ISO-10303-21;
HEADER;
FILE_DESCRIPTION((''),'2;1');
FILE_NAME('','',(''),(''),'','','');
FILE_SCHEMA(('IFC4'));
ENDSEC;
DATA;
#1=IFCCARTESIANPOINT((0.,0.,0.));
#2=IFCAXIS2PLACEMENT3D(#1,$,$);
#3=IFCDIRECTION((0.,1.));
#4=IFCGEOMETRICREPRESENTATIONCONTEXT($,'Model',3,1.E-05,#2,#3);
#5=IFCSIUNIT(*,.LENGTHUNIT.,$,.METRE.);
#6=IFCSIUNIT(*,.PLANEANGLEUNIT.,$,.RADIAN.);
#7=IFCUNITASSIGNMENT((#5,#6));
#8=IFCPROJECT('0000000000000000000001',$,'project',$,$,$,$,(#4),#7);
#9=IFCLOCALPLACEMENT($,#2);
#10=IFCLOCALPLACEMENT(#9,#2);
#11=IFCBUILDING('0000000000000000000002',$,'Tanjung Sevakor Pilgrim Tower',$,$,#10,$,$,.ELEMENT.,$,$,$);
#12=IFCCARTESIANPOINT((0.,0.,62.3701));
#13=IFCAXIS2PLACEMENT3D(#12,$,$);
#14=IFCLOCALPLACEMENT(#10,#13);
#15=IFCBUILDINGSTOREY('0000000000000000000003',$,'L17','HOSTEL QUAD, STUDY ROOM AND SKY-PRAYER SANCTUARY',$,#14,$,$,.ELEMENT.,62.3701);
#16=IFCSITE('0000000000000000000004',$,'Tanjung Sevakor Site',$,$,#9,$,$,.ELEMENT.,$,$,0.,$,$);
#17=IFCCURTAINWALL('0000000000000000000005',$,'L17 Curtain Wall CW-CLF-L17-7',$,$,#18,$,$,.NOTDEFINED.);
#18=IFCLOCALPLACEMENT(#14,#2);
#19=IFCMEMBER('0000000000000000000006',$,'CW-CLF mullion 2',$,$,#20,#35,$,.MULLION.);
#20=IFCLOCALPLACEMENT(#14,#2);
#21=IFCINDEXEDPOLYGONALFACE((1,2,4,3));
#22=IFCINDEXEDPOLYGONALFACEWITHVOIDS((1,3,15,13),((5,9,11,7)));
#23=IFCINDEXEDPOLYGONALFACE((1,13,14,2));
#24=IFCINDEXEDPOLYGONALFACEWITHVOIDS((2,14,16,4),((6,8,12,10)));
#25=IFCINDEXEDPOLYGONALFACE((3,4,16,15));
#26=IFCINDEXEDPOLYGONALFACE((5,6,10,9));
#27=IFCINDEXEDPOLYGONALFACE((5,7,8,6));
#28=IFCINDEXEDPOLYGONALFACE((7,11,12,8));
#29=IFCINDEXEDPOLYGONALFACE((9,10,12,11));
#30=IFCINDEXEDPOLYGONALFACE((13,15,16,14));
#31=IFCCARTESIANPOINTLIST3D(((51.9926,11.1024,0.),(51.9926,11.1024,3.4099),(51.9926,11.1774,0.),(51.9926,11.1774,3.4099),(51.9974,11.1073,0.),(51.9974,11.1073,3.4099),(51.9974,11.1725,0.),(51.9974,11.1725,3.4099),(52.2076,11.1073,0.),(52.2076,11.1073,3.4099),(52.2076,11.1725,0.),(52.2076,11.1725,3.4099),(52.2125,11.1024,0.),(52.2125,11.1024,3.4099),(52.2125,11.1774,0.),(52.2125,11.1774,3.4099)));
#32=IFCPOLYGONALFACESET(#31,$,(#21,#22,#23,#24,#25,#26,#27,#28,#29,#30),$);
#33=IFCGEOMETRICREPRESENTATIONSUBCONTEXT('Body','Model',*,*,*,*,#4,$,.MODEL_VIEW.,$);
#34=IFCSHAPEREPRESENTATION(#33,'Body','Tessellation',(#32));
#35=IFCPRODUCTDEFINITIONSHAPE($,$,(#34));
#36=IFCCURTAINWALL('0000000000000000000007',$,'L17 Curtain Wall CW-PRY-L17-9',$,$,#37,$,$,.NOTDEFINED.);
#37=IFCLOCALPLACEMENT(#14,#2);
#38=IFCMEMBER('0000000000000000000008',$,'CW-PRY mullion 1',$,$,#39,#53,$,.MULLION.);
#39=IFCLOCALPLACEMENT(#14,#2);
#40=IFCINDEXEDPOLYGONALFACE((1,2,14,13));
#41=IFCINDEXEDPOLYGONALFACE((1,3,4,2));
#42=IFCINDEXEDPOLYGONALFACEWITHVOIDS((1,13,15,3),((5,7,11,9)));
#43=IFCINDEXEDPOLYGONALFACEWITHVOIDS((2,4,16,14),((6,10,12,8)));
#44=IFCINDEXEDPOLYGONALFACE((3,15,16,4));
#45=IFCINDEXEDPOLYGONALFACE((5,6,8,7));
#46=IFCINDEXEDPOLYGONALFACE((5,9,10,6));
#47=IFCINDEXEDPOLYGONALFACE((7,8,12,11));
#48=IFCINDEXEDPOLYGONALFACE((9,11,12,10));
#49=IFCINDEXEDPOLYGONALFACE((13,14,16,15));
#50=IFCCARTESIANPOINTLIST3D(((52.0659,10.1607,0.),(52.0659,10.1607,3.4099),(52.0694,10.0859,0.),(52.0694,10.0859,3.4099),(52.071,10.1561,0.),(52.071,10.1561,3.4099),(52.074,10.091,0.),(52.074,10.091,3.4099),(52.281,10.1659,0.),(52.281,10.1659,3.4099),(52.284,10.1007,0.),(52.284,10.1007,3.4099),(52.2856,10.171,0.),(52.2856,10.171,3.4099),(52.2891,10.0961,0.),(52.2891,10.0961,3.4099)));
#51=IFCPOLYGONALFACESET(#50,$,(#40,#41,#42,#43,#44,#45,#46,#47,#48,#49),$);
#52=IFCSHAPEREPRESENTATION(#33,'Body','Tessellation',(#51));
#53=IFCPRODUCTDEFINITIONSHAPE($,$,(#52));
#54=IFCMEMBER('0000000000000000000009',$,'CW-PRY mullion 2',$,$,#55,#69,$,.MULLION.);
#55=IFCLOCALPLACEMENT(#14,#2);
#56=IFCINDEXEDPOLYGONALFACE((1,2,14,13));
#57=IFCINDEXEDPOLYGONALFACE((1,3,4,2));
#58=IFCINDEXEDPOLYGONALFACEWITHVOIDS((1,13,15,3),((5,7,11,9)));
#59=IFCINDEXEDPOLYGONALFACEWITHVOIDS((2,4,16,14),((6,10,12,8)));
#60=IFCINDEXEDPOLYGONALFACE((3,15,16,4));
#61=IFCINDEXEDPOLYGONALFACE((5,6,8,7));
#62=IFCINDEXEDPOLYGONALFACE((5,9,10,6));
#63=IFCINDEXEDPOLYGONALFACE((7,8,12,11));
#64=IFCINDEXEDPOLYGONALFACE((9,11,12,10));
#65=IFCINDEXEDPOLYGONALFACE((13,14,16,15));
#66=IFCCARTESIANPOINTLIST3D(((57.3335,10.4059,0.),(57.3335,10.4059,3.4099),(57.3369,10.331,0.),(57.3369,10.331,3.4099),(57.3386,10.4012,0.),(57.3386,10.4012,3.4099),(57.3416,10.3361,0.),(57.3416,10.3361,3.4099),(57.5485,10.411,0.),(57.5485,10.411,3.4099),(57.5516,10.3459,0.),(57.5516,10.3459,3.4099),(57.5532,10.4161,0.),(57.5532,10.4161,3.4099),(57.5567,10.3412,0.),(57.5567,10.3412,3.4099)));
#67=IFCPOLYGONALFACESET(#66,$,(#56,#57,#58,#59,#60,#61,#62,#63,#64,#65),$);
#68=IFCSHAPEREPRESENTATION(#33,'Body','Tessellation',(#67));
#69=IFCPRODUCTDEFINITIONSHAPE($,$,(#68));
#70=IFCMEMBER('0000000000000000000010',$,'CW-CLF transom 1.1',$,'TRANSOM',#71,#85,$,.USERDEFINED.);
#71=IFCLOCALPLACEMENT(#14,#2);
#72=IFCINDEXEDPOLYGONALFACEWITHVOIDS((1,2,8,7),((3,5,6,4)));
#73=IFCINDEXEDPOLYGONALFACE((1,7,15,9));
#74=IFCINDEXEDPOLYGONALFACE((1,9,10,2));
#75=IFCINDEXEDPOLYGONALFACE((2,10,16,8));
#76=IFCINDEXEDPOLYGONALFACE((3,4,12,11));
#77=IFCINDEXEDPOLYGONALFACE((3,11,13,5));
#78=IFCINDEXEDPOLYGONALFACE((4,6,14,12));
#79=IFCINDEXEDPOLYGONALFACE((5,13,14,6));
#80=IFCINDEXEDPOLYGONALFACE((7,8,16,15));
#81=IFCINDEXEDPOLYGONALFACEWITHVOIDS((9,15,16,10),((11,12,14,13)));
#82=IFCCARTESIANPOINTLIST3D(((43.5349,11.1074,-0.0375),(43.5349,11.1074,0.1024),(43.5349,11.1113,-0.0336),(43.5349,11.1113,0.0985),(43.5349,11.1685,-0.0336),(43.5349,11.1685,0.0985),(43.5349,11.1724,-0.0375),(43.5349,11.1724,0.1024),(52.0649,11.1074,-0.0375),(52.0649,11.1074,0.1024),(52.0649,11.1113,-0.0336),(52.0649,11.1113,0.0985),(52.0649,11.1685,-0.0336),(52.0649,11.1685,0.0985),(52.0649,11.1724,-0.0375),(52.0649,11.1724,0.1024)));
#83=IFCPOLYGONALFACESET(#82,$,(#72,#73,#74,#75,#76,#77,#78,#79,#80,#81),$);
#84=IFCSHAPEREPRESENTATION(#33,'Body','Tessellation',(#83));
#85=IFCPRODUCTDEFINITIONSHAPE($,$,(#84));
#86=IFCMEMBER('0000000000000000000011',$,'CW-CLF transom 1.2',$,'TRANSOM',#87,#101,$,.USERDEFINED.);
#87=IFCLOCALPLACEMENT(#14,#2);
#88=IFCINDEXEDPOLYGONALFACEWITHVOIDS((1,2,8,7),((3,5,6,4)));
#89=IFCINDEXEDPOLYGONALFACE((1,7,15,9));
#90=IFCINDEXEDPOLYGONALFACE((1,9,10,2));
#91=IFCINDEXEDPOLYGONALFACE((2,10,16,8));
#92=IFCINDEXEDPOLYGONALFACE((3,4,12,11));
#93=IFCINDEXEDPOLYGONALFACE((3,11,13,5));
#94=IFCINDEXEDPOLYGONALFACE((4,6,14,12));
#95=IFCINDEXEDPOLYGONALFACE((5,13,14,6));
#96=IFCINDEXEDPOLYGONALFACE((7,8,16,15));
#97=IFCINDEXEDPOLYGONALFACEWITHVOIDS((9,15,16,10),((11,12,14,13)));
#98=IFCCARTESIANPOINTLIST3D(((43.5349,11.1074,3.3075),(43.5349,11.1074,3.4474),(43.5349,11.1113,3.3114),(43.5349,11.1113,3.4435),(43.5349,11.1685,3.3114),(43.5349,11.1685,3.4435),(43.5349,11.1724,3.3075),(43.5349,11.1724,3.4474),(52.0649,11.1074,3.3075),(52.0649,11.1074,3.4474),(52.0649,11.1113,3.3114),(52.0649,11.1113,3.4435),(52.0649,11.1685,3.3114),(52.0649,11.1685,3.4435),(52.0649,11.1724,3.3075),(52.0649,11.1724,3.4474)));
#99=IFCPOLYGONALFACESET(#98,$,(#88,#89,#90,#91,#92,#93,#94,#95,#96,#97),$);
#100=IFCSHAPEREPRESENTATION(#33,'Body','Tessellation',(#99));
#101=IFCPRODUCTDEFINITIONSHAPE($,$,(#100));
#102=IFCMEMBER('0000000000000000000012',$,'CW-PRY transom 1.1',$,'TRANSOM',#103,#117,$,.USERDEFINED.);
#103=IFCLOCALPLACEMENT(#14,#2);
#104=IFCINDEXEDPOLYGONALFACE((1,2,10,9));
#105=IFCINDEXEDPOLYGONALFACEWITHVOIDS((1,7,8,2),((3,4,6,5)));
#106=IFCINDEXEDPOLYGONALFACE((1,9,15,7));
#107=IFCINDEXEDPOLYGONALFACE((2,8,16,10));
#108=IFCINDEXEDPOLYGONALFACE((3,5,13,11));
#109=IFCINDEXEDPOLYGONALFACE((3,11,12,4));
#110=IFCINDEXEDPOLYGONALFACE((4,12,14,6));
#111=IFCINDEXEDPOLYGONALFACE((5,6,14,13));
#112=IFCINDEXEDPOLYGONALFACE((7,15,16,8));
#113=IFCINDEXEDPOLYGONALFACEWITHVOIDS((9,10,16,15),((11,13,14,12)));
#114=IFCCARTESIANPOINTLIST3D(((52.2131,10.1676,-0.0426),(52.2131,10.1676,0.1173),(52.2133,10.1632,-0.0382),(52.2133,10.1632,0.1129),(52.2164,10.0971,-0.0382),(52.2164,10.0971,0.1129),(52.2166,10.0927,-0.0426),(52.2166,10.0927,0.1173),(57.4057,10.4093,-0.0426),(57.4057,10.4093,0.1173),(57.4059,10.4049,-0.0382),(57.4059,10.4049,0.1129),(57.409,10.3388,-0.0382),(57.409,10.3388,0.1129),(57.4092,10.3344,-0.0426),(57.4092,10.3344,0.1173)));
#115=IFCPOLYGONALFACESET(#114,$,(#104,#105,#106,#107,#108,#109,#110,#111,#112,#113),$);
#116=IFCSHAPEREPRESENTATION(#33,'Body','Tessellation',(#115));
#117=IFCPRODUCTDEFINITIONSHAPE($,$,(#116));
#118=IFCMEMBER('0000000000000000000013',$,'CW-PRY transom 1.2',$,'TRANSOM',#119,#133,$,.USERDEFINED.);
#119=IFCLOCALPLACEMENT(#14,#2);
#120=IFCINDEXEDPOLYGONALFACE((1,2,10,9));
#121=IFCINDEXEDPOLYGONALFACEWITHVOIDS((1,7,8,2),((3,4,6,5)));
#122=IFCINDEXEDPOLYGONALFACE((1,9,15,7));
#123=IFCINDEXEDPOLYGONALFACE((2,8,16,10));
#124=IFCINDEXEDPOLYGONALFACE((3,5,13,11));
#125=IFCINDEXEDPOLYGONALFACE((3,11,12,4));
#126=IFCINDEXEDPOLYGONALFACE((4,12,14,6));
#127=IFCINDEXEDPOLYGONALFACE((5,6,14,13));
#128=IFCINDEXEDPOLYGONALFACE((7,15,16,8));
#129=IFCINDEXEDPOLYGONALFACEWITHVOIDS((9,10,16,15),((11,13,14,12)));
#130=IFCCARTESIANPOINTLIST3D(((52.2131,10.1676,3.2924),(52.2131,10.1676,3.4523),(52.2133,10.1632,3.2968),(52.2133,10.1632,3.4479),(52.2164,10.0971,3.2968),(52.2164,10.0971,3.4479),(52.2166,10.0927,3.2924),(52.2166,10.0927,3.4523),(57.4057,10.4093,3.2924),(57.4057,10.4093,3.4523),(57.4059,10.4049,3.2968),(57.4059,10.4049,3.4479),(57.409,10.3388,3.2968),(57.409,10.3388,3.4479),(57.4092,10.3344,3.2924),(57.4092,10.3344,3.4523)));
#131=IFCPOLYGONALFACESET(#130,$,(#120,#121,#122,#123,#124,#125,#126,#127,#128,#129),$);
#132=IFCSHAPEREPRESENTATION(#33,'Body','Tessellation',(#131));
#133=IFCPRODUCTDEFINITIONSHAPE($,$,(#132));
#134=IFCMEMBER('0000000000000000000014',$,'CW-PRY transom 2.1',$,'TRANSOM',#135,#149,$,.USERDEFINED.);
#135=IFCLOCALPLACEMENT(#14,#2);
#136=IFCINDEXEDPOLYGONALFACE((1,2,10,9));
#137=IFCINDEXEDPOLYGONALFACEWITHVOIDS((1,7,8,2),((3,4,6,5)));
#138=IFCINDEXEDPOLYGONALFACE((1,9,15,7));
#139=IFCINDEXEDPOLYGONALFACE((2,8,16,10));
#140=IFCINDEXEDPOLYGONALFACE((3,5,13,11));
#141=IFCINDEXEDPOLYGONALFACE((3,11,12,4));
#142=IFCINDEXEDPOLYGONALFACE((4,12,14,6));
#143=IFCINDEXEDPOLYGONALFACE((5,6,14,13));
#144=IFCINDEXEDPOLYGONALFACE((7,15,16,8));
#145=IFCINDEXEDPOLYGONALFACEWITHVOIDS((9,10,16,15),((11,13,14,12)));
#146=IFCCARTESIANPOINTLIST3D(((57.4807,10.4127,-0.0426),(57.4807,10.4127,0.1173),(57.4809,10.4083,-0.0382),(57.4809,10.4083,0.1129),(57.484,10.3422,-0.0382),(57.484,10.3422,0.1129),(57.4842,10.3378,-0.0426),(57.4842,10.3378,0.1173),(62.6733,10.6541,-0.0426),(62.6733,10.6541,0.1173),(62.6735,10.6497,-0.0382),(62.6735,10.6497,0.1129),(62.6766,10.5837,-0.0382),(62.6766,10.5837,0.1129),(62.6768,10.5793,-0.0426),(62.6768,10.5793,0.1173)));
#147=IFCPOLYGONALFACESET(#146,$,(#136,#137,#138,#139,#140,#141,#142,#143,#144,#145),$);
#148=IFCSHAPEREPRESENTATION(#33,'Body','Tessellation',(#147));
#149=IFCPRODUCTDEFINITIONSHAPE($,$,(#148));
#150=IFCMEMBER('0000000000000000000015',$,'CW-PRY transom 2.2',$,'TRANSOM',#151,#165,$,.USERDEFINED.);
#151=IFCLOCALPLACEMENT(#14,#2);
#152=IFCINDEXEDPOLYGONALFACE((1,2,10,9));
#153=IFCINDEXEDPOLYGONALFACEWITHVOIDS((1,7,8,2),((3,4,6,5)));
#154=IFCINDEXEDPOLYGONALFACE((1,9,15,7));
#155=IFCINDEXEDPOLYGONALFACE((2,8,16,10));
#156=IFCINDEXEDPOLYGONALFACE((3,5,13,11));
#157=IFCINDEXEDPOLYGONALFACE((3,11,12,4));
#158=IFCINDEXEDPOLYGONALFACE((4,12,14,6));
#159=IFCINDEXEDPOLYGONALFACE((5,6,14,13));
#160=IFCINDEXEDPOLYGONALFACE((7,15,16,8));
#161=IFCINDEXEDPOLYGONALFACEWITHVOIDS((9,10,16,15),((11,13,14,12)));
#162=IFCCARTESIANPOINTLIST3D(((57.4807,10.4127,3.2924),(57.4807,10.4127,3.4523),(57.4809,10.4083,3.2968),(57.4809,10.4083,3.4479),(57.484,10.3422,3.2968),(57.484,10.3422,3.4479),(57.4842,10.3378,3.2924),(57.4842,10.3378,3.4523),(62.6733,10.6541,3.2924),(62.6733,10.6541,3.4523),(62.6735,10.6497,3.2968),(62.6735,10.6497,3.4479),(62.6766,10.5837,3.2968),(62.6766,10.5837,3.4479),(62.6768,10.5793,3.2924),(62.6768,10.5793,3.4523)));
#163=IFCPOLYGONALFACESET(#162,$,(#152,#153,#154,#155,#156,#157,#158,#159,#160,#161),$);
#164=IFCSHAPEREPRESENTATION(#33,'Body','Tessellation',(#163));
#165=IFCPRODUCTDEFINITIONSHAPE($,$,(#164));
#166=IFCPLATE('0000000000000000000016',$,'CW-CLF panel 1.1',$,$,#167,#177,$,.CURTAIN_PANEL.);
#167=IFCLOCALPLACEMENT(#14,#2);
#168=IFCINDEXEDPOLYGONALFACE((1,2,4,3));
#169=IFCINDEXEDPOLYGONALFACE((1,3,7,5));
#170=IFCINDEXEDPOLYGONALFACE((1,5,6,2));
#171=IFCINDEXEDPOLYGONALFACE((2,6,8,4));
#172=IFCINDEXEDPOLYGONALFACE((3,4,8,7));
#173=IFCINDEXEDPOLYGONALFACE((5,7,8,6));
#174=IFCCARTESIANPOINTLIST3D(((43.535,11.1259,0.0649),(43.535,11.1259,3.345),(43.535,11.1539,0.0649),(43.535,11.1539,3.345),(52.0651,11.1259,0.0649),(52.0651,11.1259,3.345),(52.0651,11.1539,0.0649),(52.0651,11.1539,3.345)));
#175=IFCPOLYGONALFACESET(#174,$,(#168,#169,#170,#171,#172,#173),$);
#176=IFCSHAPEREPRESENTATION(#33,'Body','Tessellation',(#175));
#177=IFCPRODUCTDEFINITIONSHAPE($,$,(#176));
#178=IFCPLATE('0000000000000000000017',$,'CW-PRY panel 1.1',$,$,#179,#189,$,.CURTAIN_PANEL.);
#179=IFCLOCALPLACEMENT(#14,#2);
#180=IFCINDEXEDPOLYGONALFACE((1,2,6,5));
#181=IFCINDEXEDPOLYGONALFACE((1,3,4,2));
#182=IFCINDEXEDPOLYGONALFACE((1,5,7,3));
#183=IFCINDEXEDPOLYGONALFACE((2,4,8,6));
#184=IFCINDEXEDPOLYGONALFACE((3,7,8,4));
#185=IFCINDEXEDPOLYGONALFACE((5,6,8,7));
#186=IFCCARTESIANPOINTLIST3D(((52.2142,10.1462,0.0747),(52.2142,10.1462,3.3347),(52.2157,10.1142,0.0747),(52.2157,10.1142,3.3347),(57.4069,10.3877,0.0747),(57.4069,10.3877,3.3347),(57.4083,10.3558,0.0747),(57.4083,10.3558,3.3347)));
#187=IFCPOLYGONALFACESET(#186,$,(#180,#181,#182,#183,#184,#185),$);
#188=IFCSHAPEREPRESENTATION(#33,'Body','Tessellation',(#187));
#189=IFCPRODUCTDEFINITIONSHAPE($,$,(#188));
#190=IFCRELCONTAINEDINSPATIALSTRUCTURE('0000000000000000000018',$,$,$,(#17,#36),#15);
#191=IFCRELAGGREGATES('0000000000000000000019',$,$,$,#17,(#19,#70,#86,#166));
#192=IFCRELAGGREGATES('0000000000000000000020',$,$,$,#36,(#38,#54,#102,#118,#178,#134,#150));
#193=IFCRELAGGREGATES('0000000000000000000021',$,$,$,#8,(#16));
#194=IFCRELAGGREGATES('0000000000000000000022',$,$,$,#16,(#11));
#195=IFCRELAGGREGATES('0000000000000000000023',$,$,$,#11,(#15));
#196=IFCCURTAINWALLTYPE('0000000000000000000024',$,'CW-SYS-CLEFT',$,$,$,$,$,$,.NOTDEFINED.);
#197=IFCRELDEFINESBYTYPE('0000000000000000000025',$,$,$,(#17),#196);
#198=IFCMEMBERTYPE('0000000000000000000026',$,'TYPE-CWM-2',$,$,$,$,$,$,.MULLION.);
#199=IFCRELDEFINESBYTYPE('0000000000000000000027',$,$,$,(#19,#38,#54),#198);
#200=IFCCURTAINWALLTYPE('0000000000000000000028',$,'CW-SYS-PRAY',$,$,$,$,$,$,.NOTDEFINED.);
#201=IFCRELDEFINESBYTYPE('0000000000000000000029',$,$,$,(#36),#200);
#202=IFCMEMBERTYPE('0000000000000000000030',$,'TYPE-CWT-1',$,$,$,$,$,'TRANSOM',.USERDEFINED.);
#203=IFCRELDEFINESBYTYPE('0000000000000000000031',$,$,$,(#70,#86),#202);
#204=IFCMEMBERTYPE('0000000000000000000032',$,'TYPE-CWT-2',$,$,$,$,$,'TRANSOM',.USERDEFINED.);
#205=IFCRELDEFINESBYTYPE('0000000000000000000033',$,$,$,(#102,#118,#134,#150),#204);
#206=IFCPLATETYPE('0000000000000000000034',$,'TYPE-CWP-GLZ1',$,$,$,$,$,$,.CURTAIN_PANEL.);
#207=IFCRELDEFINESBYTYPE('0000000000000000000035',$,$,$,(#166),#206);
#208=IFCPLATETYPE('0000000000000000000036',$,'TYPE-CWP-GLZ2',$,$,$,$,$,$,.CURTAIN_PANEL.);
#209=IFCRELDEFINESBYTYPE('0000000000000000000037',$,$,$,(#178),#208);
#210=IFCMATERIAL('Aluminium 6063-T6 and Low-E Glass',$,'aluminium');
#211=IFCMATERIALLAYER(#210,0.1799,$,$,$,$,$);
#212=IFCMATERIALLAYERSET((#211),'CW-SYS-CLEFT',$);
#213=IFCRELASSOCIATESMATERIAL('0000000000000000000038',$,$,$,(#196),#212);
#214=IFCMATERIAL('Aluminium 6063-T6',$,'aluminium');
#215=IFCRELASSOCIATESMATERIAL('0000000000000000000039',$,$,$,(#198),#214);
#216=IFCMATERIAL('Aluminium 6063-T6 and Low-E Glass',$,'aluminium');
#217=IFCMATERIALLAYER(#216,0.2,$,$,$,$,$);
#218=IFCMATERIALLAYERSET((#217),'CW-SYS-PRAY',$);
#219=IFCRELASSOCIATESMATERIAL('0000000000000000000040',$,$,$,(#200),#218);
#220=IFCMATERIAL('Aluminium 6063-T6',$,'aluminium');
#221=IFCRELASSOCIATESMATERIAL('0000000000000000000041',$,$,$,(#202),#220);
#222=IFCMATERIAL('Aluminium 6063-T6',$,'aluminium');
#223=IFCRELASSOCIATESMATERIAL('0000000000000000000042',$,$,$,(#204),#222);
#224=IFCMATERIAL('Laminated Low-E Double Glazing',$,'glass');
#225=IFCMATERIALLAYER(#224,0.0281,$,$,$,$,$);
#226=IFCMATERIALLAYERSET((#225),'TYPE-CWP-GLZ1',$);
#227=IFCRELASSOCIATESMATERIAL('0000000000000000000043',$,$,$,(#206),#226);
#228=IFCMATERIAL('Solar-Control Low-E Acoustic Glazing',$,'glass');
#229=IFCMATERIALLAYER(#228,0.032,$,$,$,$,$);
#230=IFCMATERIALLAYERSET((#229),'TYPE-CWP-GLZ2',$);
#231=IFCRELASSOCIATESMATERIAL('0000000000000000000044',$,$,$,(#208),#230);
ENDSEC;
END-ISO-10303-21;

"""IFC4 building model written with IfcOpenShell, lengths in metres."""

from ifc_helpers import new_model, si_unit, direction, frame, origin, origin_2d, place, context, subcontext, project, spatial, rectangle, hollow_rectangle, extrude, material, layer, layer_set, material_profile, profile_set, type_object, element, aggregate, save


model = new_model("IFC4")

# Units and contexts
model_context = context("Model", 3, precision=1e-05, world=origin(), true_north=direction((0.0, 1.0)))
body_context = subcontext(model_context, "Body", "Model", "MODEL_VIEW")
ifc_project = project(units=[si_unit("LENGTHUNIT", "METRE"), si_unit("PLANEANGLEUNIT", "RADIAN")], contexts=[model_context])

# Site, building, storey
site_placement = place(None, origin())
site = spatial("IfcSite", under=ifc_project, at=site_placement, Name="Tanjung Sevakor Site", CompositionType="ELEMENT", RefElevation=0.0)
building_placement = place(site_placement, origin())
building = spatial("IfcBuilding", under=site, at=building_placement, Name="Tanjung Sevakor Pilgrim Tower", CompositionType="ELEMENT")
storey_placement = place(building_placement, frame((0.0, 0.0, 62.3701)))
storey = spatial("IfcBuildingStorey", under=building, at=storey_placement, Name="L17", Description="HOSTEL QUAD, STUDY ROOM AND SKY-PRAYER SANCTUARY", CompositionType="ELEMENT", Elevation=62.3701)

# Curtain walls, members
ifc_material_1 = material(Name="Aluminium 6063-T6 and Low-E Glass", Category="aluminium")
ifc_layer_1 = layer(ifc_material_1, 0.1799)
ifc_layer_set_1 = layer_set([ifc_layer_1], Name="CW-SYS-CLEFT")
curtain_wall_type_1 = type_object("IfcCurtainWallType", Name="CW-SYS-CLEFT", PredefinedType="NOTDEFINED", material=ifc_layer_set_1)
curtain_wall_1_placement = place(storey_placement, origin())
curtain_wall_1 = element("IfcCurtainWall", 1, at=curtain_wall_1_placement, inside=storey, type_object=curtain_wall_type_1, Name="L17 Curtain Wall CW-CLF-L17-7", PredefinedType="NOTDEFINED")
ifc_material_2 = material(Name="Aluminium 6063-T6", Category="aluminium")
ifc_material_profile_1 = material_profile(ifc_material_2, hollow_rectangle(XDim=0.075, YDim=0.22, WallThickness=0.0049, at=origin_2d()))
ifc_profile_set_1 = profile_set([ifc_material_profile_1], Name="Aluminium 6063-T6")
member_type_1 = type_object("IfcMemberType", Name="TYPE-CWM-2", PredefinedType="MULLION", material=ifc_profile_set_1)
member_1_placement = place(storey_placement, frame((52.1025, 11.1399, 0.0), z_axis=(0.0, 0.0, 1.0), x_axis=(0.0, 1.0, 0.0)))
member_1 = element("IfcMember", 2, at=member_1_placement, type_object=member_type_1, Name="CW-CLF mullion 2", PredefinedType="MULLION", context=body_context, shape_type="SweptSolid", body=[
    extrude(hollow_rectangle(XDim=0.075, YDim=0.22, WallThickness=0.0049, at=origin_2d()), origin(), (0.0, 0.0, 1.0), 3.4099),
])
ifc_material_3 = material(Name="Aluminium 6063-T6 and Low-E Glass", Category="aluminium")
ifc_layer_2 = layer(ifc_material_3, 0.2)
ifc_layer_set_2 = layer_set([ifc_layer_2], Name="CW-SYS-PRAY")
curtain_wall_type_2 = type_object("IfcCurtainWallType", Name="CW-SYS-PRAY", PredefinedType="NOTDEFINED", material=ifc_layer_set_2)
curtain_wall_2_placement = place(storey_placement, origin())
curtain_wall_2 = element("IfcCurtainWall", 3, at=curtain_wall_2_placement, inside=storey, type_object=curtain_wall_type_2, Name="L17 Curtain Wall CW-PRY-L17-9", PredefinedType="NOTDEFINED")
member_2_placement = place(storey_placement, frame((52.1775, 10.1284, 0.0), z_axis=(0.0, 0.0, 1.0), x_axis=(-0.046462, 0.99892, 0.0)))
member_2 = element("IfcMember", 4, at=member_2_placement, type_object=member_type_1, Name="CW-PRY mullion 1", PredefinedType="MULLION", context=body_context, shape_type="SweptSolid", body=[
    extrude(hollow_rectangle(XDim=0.075, YDim=0.22, WallThickness=0.0049, at=origin_2d()), origin(), (0.0, 0.0, 1.0), 3.4099),
])
member_3_placement = place(storey_placement, frame((57.4451, 10.3735, 0.0), z_axis=(0.0, 0.0, 1.0), x_axis=(-0.046462, 0.99892, 0.0)))
member_3 = element("IfcMember", 5, at=member_3_placement, type_object=member_type_1, Name="CW-PRY mullion 2", PredefinedType="MULLION", context=body_context, shape_type="SweptSolid", body=[
    extrude(hollow_rectangle(XDim=0.075, YDim=0.22, WallThickness=0.0049, at=origin_2d()), origin(), (0.0, 0.0, 1.0), 3.4099),
])

# Members
ifc_material_4 = material(Name="Aluminium 6063-T6", Category="aluminium")
ifc_material_profile_2 = material_profile(ifc_material_4, hollow_rectangle(XDim=0.0649, YDim=0.1399, WallThickness=0.0039, at=origin_2d()))
ifc_profile_set_2 = profile_set([ifc_material_profile_2], Name="Aluminium 6063-T6")
member_type_2 = type_object("IfcMemberType", Name="TYPE-CWT-1", ElementType="TRANSOM", PredefinedType="USERDEFINED", material=ifc_profile_set_2)
member_4_placement = place(storey_placement, frame((43.5349, 11.1399, 0.0325), z_axis=(1.0, 0.0, 0.0), x_axis=(0.0, 1.0, 0.0)))
member_4 = element("IfcMember", 6, at=member_4_placement, type_object=member_type_2, Name="CW-CLF transom 1.1", ObjectType="TRANSOM", PredefinedType="USERDEFINED", context=body_context, shape_type="SweptSolid", body=[
    extrude(hollow_rectangle(XDim=0.0649, YDim=0.1399, WallThickness=0.0039, at=origin_2d()), origin(), (0.0, 0.0, 1.0), 8.53),
])
member_5_placement = place(storey_placement, frame((43.5349, 11.1399, 3.3774), z_axis=(1.0, 0.0, 0.0), x_axis=(0.0, 1.0, 0.0)))
member_5 = element("IfcMember", 7, at=member_5_placement, type_object=member_type_2, Name="CW-CLF transom 1.2", ObjectType="TRANSOM", PredefinedType="USERDEFINED", context=body_context, shape_type="SweptSolid", body=[
    extrude(hollow_rectangle(XDim=0.0649, YDim=0.1399, WallThickness=0.0039, at=origin_2d()), origin(), (0.0, 0.0, 1.0), 8.53),
])
ifc_material_5 = material(Name="Aluminium 6063-T6", Category="aluminium")
ifc_material_profile_3 = material_profile(ifc_material_5, hollow_rectangle(XDim=0.075, YDim=0.1599, WallThickness=0.0044, at=origin_2d()))
ifc_profile_set_3 = profile_set([ifc_material_profile_3], Name="Aluminium 6063-T6")
member_type_3 = type_object("IfcMemberType", Name="TYPE-CWT-2", ElementType="TRANSOM", PredefinedType="USERDEFINED", material=ifc_profile_set_3)
member_6_placement = place(storey_placement, frame((52.2148, 10.1301, 0.0374), z_axis=(0.998918, 0.046496, 0.0), x_axis=(-0.046496, 0.998918, 0.0)))
member_6 = element("IfcMember", 8, at=member_6_placement, type_object=member_type_3, Name="CW-PRY transom 1.1", ObjectType="TRANSOM", PredefinedType="USERDEFINED", context=body_context, shape_type="SweptSolid", body=[
    extrude(hollow_rectangle(XDim=0.075, YDim=0.1599, WallThickness=0.0044, at=origin_2d()), origin(), (0.0, 0.0, 1.0), 5.1982),
])
member_7_placement = place(storey_placement, frame((52.2148, 10.1301, 3.3723), z_axis=(0.998918, 0.046496, 0.0), x_axis=(-0.046496, 0.998918, 0.0)))
member_7 = element("IfcMember", 9, at=member_7_placement, type_object=member_type_3, Name="CW-PRY transom 1.2", ObjectType="TRANSOM", PredefinedType="USERDEFINED", context=body_context, shape_type="SweptSolid", body=[
    extrude(hollow_rectangle(XDim=0.075, YDim=0.1599, WallThickness=0.0044, at=origin_2d()), origin(), (0.0, 0.0, 1.0), 5.1982),
])
member_8_placement = place(storey_placement, frame((57.4824, 10.3752, 0.0374), z_axis=(0.998921, 0.046449, 0.0), x_axis=(-0.046449, 0.998921, 0.0)))
member_8 = element("IfcMember", 10, at=member_8_placement, type_object=member_type_3, Name="CW-PRY transom 2.1", ObjectType="TRANSOM", PredefinedType="USERDEFINED", context=body_context, shape_type="SweptSolid", body=[
    extrude(hollow_rectangle(XDim=0.075, YDim=0.1599, WallThickness=0.0044, at=origin_2d()), origin(), (0.0, 0.0, 1.0), 5.1982),
])
member_9_placement = place(storey_placement, frame((57.4824, 10.3752, 3.3723), z_axis=(0.998921, 0.046449, 0.0), x_axis=(-0.046449, 0.998921, 0.0)))
member_9 = element("IfcMember", 11, at=member_9_placement, type_object=member_type_3, Name="CW-PRY transom 2.2", ObjectType="TRANSOM", PredefinedType="USERDEFINED", context=body_context, shape_type="SweptSolid", body=[
    extrude(hollow_rectangle(XDim=0.075, YDim=0.1599, WallThickness=0.0044, at=origin_2d()), origin(), (0.0, 0.0, 1.0), 5.1982),
])

# Plates
ifc_material_6 = material(Name="Laminated Low-E Double Glazing", Category="glass")
ifc_layer_3 = layer(ifc_material_6, 0.0281)
ifc_layer_set_3 = layer_set([ifc_layer_3], Name="TYPE-CWP-GLZ1")
plate_type_1 = type_object("IfcPlateType", Name="TYPE-CWP-GLZ1", PredefinedType="CURTAIN_PANEL", material=ifc_layer_set_3)
plate_1_placement = place(storey_placement, frame((47.8, 11.1399, 0.0649), z_axis=(0.0, 0.0, 1.0), x_axis=(1.0, 0.0, 0.0)))
plate_1 = element("IfcPlate", 12, at=plate_1_placement, type_object=plate_type_1, Name="CW-CLF panel 1.1", PredefinedType="CURTAIN_PANEL", context=body_context, shape_type="SweptSolid", body=[
    extrude(rectangle(XDim=8.53, YDim=0.0281, at=origin_2d()), origin(), (0.0, 0.0, 1.0), 3.28),
])
aggregate(curtain_wall_1, [member_1, member_4, member_5, plate_1])
ifc_material_7 = material(Name="Solar-Control Low-E Acoustic Glazing", Category="glass")
ifc_layer_4 = layer(ifc_material_7, 0.032)
ifc_layer_set_4 = layer_set([ifc_layer_4], Name="TYPE-CWP-GLZ2")
plate_type_2 = type_object("IfcPlateType", Name="TYPE-CWP-GLZ2", PredefinedType="CURTAIN_PANEL", material=ifc_layer_set_4)
plate_2_placement = place(storey_placement, frame((54.8113, 10.251, 0.0747), z_axis=(0.0, 0.0, 1.0), x_axis=(0.99892, 0.046462, 0.0)))
plate_2 = element("IfcPlate", 13, at=plate_2_placement, type_object=plate_type_2, Name="CW-PRY panel 1.1", PredefinedType="CURTAIN_PANEL", context=body_context, shape_type="SweptSolid", body=[
    extrude(rectangle(XDim=5.1982, YDim=0.032, at=origin_2d()), origin(), (0.0, 0.0, 1.0), 3.26),
])
aggregate(curtain_wall_2, [member_2, member_3, member_6, member_7, plate_2, member_8, member_9])

save(model, "model.ifc")
